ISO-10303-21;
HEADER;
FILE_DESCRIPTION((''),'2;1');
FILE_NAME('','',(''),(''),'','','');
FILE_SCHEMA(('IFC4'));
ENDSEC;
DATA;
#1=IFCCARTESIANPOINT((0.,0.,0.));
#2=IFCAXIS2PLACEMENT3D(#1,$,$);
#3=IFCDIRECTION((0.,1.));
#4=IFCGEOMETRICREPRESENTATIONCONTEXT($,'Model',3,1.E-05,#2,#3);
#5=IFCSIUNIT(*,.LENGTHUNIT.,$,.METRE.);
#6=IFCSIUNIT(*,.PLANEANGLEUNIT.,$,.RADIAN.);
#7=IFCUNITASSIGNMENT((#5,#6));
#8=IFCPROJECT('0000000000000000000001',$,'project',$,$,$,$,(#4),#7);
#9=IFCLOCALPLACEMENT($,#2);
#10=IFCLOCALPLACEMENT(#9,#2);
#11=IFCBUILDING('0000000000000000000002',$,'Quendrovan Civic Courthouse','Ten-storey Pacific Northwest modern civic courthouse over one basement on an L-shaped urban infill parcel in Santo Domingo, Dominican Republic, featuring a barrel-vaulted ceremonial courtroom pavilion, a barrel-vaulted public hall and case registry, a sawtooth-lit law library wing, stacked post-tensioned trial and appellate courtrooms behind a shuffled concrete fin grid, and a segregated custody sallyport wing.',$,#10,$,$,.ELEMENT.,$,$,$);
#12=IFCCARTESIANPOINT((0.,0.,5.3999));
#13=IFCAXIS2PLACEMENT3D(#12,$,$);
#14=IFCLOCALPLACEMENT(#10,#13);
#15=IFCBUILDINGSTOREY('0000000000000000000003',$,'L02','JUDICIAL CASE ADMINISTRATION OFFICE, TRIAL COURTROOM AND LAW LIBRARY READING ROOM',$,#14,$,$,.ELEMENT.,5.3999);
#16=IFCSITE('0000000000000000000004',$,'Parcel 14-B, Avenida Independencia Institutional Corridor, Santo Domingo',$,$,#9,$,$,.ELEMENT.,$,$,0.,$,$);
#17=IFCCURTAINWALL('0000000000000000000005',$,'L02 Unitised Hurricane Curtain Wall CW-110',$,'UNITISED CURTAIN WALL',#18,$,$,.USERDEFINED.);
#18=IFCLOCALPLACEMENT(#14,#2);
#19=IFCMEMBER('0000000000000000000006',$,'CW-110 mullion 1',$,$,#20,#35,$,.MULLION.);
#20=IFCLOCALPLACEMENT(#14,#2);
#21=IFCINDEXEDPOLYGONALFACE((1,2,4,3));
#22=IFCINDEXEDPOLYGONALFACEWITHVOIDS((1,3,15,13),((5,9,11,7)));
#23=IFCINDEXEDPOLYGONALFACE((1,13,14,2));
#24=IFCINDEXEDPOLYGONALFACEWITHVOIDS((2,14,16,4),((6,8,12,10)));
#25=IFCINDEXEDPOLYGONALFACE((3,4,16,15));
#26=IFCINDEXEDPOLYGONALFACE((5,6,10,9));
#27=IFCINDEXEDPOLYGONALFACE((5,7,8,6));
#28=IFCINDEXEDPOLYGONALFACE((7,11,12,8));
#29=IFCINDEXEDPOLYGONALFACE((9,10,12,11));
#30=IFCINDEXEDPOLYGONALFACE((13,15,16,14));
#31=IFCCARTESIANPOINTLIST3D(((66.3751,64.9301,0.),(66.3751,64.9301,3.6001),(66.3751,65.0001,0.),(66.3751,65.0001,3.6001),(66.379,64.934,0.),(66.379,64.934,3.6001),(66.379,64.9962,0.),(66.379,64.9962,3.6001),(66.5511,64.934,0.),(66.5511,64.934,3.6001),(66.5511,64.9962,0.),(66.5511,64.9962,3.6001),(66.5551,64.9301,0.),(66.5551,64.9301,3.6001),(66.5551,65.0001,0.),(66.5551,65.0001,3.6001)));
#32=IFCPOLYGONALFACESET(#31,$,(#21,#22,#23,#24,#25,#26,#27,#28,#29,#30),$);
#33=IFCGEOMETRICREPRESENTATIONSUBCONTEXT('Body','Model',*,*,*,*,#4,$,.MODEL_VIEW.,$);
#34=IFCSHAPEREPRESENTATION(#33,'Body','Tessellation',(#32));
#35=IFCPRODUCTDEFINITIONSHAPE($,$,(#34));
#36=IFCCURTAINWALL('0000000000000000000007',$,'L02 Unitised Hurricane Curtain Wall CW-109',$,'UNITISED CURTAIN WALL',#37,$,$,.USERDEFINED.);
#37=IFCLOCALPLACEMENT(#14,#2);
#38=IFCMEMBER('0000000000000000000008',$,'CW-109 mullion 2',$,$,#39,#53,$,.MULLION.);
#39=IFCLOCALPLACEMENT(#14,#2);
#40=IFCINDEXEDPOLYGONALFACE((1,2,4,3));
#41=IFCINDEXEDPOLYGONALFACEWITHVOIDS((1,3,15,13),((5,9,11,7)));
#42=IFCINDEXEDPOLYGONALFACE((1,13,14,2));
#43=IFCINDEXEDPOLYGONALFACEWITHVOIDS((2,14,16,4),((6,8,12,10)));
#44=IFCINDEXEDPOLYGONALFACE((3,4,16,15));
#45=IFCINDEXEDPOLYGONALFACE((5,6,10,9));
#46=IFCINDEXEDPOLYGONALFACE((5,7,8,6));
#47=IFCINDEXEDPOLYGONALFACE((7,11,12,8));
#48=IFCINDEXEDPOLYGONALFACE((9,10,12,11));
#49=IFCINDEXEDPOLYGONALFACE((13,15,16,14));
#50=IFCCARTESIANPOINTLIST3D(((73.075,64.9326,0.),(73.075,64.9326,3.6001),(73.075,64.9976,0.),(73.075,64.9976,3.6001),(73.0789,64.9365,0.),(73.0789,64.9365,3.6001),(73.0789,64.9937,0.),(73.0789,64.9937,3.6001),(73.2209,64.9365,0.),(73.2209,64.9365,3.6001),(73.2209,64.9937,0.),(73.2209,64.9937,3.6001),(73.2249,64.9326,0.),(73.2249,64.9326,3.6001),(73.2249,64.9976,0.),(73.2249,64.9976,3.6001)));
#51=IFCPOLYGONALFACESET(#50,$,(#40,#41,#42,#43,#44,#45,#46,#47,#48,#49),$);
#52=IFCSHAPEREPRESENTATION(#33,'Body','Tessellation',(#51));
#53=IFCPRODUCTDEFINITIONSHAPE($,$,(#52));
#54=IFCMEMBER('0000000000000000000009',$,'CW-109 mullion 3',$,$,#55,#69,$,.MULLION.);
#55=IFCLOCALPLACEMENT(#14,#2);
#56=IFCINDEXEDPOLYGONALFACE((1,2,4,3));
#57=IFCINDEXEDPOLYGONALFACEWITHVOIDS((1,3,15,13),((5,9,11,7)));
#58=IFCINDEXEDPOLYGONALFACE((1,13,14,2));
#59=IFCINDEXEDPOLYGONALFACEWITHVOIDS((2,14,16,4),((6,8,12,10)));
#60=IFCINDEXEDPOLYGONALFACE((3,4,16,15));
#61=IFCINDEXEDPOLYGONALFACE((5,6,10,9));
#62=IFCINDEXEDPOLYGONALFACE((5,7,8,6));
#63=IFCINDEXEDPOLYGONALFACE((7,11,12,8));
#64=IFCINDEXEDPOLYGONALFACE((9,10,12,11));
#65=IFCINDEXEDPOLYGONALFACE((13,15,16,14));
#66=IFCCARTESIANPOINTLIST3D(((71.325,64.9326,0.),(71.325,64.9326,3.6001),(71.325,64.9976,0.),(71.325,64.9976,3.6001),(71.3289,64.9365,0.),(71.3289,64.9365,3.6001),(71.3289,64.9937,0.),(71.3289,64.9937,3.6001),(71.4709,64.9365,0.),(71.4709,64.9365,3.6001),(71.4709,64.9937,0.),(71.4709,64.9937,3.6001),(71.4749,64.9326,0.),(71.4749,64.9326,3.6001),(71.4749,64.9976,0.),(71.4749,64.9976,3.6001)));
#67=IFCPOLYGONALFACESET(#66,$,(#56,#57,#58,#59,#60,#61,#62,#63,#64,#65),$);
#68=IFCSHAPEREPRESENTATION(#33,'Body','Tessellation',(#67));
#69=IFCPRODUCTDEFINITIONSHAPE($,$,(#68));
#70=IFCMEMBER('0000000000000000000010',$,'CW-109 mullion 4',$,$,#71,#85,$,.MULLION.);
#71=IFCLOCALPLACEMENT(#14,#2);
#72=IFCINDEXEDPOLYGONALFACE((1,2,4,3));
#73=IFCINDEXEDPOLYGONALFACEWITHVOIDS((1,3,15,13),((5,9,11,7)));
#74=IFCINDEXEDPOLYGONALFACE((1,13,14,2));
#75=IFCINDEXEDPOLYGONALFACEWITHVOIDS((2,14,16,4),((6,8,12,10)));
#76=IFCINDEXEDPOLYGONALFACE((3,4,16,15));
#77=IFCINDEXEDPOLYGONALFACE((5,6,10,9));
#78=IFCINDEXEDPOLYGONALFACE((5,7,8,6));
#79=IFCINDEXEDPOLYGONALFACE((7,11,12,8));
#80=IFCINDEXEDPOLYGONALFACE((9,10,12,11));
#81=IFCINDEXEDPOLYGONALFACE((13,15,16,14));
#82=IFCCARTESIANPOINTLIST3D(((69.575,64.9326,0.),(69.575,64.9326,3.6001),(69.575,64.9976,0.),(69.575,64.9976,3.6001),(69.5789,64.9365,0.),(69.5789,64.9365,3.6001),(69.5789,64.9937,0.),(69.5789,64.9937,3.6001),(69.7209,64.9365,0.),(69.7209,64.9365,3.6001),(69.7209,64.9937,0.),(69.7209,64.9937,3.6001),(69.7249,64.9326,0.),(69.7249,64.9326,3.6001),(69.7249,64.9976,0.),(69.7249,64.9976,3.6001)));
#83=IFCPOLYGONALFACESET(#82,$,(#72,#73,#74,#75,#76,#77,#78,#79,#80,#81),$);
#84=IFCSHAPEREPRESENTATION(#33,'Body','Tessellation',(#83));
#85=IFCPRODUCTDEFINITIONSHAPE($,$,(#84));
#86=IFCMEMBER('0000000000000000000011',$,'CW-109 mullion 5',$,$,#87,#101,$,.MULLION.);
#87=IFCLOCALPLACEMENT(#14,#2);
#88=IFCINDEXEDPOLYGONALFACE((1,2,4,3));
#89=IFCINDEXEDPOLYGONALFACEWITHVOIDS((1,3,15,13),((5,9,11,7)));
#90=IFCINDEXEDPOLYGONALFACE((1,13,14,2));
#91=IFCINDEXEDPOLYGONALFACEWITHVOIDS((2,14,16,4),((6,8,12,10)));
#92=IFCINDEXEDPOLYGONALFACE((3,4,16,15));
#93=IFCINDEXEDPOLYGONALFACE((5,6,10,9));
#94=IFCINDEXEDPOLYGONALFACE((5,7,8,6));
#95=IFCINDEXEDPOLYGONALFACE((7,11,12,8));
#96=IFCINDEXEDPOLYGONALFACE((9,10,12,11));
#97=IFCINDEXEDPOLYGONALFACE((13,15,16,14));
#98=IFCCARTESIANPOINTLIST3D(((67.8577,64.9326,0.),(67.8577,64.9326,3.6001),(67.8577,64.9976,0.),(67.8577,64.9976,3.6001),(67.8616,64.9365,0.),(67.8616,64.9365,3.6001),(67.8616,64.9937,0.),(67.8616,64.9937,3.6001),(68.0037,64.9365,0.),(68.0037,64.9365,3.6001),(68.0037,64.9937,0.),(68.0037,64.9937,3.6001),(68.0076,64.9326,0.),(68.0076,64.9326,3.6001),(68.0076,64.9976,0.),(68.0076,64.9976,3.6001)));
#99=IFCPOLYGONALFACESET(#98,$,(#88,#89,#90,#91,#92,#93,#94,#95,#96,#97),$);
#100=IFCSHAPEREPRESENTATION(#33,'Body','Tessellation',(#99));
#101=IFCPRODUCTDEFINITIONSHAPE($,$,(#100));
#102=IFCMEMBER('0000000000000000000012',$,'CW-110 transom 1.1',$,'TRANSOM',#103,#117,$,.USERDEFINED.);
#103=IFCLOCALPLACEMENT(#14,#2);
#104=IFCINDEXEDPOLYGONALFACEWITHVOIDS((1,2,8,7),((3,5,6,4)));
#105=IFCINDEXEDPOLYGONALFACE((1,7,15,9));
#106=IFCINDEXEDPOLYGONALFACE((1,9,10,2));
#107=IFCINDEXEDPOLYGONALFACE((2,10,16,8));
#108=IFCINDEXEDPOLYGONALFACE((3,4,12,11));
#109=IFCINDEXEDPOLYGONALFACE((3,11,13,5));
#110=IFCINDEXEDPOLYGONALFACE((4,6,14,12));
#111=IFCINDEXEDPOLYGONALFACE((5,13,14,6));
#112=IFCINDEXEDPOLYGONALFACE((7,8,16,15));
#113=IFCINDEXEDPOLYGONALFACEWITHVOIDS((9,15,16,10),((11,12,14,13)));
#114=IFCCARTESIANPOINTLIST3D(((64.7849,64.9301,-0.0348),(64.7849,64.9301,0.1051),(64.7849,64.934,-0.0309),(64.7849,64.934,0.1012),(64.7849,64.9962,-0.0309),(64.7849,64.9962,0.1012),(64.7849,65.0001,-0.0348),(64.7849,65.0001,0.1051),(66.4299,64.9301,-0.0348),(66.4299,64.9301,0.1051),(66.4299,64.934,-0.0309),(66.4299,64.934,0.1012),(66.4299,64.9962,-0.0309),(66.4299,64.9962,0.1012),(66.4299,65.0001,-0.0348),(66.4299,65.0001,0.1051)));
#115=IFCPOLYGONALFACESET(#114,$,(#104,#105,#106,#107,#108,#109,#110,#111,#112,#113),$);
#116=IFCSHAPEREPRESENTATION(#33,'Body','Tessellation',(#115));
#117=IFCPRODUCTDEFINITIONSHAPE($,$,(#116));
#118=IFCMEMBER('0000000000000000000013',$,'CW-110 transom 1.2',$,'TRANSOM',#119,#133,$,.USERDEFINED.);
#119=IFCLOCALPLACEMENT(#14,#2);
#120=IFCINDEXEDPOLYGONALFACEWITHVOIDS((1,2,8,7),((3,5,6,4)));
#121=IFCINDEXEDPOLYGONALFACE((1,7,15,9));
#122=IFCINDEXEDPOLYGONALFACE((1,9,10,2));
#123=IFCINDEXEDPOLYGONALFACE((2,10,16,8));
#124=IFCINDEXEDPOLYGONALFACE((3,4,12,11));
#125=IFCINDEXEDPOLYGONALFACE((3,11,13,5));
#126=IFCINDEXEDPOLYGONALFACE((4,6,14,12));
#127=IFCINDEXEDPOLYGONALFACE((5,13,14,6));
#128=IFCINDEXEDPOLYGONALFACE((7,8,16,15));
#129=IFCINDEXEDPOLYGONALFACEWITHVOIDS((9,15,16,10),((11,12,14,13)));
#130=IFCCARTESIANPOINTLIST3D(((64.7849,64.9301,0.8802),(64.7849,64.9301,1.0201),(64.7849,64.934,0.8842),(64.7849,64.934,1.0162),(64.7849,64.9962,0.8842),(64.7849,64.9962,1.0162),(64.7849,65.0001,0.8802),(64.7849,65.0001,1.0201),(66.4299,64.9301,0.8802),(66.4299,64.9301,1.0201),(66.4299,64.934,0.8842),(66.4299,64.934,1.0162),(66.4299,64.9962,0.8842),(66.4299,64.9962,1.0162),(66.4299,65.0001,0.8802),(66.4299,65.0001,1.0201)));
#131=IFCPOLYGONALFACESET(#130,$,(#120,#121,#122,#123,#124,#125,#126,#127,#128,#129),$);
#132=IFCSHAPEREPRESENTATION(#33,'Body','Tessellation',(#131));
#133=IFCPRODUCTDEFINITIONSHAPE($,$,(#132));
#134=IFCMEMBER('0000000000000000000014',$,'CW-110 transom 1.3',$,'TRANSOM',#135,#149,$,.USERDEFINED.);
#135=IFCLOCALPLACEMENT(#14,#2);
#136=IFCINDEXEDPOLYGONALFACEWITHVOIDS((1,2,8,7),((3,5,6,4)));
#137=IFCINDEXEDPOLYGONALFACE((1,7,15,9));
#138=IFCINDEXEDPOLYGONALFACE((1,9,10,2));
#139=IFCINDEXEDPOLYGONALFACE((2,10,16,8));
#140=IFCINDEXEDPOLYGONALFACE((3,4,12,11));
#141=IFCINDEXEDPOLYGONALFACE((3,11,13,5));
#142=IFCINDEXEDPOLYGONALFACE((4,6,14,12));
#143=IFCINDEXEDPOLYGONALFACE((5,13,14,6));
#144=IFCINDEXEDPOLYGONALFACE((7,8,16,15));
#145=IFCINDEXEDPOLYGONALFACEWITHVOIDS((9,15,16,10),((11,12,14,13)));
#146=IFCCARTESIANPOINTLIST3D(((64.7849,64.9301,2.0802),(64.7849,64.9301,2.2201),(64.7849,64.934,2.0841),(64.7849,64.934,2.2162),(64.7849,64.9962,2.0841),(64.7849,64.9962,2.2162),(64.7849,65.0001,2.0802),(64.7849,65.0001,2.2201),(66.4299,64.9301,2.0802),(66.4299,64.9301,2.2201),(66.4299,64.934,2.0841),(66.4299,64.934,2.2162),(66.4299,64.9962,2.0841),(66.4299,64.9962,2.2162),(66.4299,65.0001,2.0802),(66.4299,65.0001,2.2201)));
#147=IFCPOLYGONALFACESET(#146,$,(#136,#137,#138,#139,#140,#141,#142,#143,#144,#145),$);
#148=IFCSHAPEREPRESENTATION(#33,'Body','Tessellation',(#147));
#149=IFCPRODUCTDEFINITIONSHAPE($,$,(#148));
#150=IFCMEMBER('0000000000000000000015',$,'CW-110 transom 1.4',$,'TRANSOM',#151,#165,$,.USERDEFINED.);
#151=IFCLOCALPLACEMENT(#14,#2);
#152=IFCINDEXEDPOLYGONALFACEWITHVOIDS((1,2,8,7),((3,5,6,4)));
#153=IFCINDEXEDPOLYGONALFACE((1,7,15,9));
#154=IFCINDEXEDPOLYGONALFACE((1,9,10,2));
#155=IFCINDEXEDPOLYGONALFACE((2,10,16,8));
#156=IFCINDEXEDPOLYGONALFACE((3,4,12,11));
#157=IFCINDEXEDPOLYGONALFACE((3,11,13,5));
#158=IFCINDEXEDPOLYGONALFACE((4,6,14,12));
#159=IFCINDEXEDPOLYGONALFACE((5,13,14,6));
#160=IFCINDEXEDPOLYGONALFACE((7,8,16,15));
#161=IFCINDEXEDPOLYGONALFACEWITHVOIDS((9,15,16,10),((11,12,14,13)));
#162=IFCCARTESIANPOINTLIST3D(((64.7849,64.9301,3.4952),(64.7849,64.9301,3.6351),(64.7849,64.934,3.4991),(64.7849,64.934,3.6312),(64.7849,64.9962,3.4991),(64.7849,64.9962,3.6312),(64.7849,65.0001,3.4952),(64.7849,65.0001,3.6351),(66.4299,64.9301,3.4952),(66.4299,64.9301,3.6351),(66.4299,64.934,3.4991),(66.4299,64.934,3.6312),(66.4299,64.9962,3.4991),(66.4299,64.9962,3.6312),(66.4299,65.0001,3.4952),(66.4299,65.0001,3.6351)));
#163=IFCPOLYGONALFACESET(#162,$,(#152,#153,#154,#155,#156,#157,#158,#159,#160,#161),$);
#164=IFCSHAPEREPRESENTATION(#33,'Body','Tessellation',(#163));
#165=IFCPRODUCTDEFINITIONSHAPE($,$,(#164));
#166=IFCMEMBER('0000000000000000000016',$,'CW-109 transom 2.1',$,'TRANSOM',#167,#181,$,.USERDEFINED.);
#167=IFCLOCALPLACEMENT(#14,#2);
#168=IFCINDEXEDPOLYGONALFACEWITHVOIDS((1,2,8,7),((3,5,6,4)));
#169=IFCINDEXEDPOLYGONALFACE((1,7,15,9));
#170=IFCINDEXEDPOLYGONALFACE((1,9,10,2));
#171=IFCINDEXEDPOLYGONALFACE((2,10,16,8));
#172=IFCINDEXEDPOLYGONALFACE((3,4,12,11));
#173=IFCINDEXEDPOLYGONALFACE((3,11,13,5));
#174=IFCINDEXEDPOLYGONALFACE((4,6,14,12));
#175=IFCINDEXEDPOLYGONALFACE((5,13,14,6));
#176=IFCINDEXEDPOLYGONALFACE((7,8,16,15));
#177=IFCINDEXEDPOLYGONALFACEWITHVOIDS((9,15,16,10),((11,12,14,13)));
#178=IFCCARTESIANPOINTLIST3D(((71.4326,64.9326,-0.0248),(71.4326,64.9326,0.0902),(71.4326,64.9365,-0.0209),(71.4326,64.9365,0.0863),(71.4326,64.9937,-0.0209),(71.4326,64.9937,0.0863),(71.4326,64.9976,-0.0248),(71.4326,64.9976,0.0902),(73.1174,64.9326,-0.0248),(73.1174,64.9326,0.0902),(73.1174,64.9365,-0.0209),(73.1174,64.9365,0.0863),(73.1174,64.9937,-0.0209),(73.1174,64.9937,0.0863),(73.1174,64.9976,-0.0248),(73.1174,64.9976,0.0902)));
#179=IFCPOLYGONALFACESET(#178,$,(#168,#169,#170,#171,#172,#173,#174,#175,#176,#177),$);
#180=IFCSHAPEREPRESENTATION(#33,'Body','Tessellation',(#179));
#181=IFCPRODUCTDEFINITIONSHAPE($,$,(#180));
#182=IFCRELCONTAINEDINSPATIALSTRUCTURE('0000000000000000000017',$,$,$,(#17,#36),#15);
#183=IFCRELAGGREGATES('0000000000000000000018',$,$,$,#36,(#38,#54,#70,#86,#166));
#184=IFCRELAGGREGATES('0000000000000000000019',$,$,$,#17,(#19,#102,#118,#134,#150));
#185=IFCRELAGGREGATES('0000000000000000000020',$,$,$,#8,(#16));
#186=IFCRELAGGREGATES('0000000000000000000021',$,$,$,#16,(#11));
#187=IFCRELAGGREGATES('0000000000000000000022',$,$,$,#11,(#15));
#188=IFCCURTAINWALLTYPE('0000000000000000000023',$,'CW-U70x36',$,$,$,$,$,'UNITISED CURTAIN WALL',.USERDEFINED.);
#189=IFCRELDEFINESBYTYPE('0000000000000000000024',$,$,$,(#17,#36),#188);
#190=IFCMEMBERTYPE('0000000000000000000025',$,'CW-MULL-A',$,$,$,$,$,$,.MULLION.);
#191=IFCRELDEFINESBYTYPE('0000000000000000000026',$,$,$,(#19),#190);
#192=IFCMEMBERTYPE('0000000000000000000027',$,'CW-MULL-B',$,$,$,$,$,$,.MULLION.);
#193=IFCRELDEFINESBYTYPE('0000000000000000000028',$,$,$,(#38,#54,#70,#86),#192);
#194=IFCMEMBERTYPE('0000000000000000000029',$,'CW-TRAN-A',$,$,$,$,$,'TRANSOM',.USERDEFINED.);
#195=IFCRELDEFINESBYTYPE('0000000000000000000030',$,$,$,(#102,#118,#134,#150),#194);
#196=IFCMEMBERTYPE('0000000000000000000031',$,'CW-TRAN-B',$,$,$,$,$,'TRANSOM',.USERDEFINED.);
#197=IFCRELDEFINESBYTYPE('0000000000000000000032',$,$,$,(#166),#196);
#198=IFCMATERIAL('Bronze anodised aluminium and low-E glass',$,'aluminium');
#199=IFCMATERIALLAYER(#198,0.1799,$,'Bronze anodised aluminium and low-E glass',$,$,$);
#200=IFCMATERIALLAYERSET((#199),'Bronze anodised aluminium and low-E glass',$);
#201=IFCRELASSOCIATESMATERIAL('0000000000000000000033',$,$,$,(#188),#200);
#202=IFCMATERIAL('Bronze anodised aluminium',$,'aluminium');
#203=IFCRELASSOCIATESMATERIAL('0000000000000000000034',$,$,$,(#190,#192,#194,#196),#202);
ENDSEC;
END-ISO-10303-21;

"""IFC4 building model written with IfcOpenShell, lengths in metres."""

from ifc_helpers import new_model, si_unit, direction, frame, origin, origin_2d, place, context, subcontext, project, spatial, hollow_rectangle, extrude, material, layer, layer_set, material_profile, profile_set, type_object, element, aggregate, save


model = new_model("IFC4")

# Units and contexts
model_context = context("Model", 3, precision=1e-05, world=origin(), true_north=direction((0.0, 1.0)))
body_context = subcontext(model_context, "Body", "Model", "MODEL_VIEW")
ifc_project = project(units=[si_unit("LENGTHUNIT", "METRE"), si_unit("PLANEANGLEUNIT", "RADIAN")], contexts=[model_context])

# Site, building, storey
site_placement = place(None, origin())
site = spatial("IfcSite", under=ifc_project, at=site_placement, Name="Parcel 14-B, Avenida Independencia Institutional Corridor, Santo Domingo", CompositionType="ELEMENT", RefElevation=0.0)
building_placement = place(site_placement, origin())
building = spatial("IfcBuilding", under=site, at=building_placement, Name="Quendrovan Civic Courthouse", Description="Ten-storey Pacific Northwest modern civic courthouse over one basement on an L-shaped urban infill parcel in Santo Domingo, Dominican Republic, featuring a barrel-vaulted ceremonial courtroom pavilion, a barrel-vaulted public hall and case registry, a sawtooth-lit law library wing, stacked post-tensioned trial and appellate courtrooms behind a shuffled concrete fin grid, and a segregated custody sallyport wing.", CompositionType="ELEMENT")
storey_placement = place(building_placement, frame((0.0, 0.0, 5.3999)))
storey = spatial("IfcBuildingStorey", under=building, at=storey_placement, Name="L02", Description="JUDICIAL CASE ADMINISTRATION OFFICE, TRIAL COURTROOM AND LAW LIBRARY READING ROOM", CompositionType="ELEMENT", Elevation=5.3999)

# Curtain wall, member
ifc_material_1 = material(Name="Bronze anodised aluminium and low-E glass", Category="aluminium")
ifc_layer_1 = layer(ifc_material_1, 0.1799, Name="Bronze anodised aluminium and low-E glass")
ifc_layer_set_1 = layer_set([ifc_layer_1], Name="Bronze anodised aluminium and low-E glass")
curtain_wall_type = type_object("IfcCurtainWallType", Name="CW-U70x36", ElementType="UNITISED CURTAIN WALL", PredefinedType="USERDEFINED", material=ifc_layer_set_1)
curtain_wall_1_placement = place(storey_placement, origin())
curtain_wall_1 = element("IfcCurtainWall", 1, at=curtain_wall_1_placement, inside=storey, type_object=curtain_wall_type, Name="L02 Unitised Hurricane Curtain Wall CW-110", ObjectType="UNITISED CURTAIN WALL", PredefinedType="USERDEFINED")
ifc_material_2 = material(Name="Bronze anodised aluminium", Category="aluminium")
ifc_material_profile_1 = material_profile(ifc_material_2, hollow_rectangle(XDim=0.0701, YDim=0.1799, WallThickness=0.0039, at=origin_2d()), Name="CW-MULL-70x180")
ifc_profile_set_1 = profile_set([ifc_material_profile_1], Name="Bronze anodised aluminium")
member_type_1 = type_object("IfcMemberType", Name="CW-MULL-A", PredefinedType="MULLION", material=ifc_profile_set_1)
member_1_placement = place(storey_placement, frame((66.4651, 64.9651, 0.0), z_axis=(0.0, 0.0, 1.0), x_axis=(0.0, -1.0, 0.0)))
member_1 = element("IfcMember", 2, at=member_1_placement, type_object=member_type_1, Name="CW-110 mullion 1", PredefinedType="MULLION", context=body_context, shape_type="SweptSolid", body=[
    extrude(hollow_rectangle(XDim=0.0701, YDim=0.1799, WallThickness=0.0039, at=origin_2d()), origin(), (0.0, 0.0, 1.0), 3.6001),
])

# Curtain wall, members
curtain_wall_2_placement = place(storey_placement, origin())
curtain_wall_2 = element("IfcCurtainWall", 3, at=curtain_wall_2_placement, inside=storey, type_object=curtain_wall_type, Name="L02 Unitised Hurricane Curtain Wall CW-109", ObjectType="UNITISED CURTAIN WALL", PredefinedType="USERDEFINED")
ifc_material_profile_2 = material_profile(ifc_material_2, hollow_rectangle(XDim=0.0649, YDim=0.1499, WallThickness=0.0039, at=origin_2d()), Name="CW-MULL-65x150")
ifc_profile_set_2 = profile_set([ifc_material_profile_2], Name="Bronze anodised aluminium")
member_type_2 = type_object("IfcMemberType", Name="CW-MULL-B", PredefinedType="MULLION", material=ifc_profile_set_2)
member_2_placement = place(storey_placement, frame((73.1499, 64.9651, 0.0), z_axis=(0.0, 0.0, 1.0), x_axis=(0.0, -1.0, 0.0)))
member_2 = element("IfcMember", 4, at=member_2_placement, type_object=member_type_2, Name="CW-109 mullion 2", PredefinedType="MULLION", context=body_context, shape_type="SweptSolid", body=[
    extrude(hollow_rectangle(XDim=0.0649, YDim=0.1499, WallThickness=0.0039, at=origin_2d()), origin(), (0.0, 0.0, 1.0), 3.6001),
])
member_3_placement = place(storey_placement, frame((71.3999, 64.9651, 0.0), z_axis=(0.0, 0.0, 1.0), x_axis=(0.0, -1.0, 0.0)))
member_3 = element("IfcMember", 5, at=member_3_placement, type_object=member_type_2, Name="CW-109 mullion 3", PredefinedType="MULLION", context=body_context, shape_type="SweptSolid", body=[
    extrude(hollow_rectangle(XDim=0.0649, YDim=0.1499, WallThickness=0.0039, at=origin_2d()), origin(), (0.0, 0.0, 1.0), 3.6001),
])
member_4_placement = place(storey_placement, frame((69.6499, 64.9651, 0.0), z_axis=(0.0, 0.0, 1.0), x_axis=(0.0, -1.0, 0.0)))
member_4 = element("IfcMember", 6, at=member_4_placement, type_object=member_type_2, Name="CW-109 mullion 4", PredefinedType="MULLION", context=body_context, shape_type="SweptSolid", body=[
    extrude(hollow_rectangle(XDim=0.0649, YDim=0.1499, WallThickness=0.0039, at=origin_2d()), origin(), (0.0, 0.0, 1.0), 3.6001),
])
member_5_placement = place(storey_placement, frame((67.9326, 64.9651, 0.0), z_axis=(0.0, 0.0, 1.0), x_axis=(0.0, -1.0, 0.0)))
member_5 = element("IfcMember", 7, at=member_5_placement, type_object=member_type_2, Name="CW-109 mullion 5", PredefinedType="MULLION", context=body_context, shape_type="SweptSolid", body=[
    extrude(hollow_rectangle(XDim=0.0649, YDim=0.1499, WallThickness=0.0039, at=origin_2d()), origin(), (0.0, 0.0, 1.0), 3.6001),
])

# Members
ifc_material_profile_3 = material_profile(ifc_material_2, hollow_rectangle(XDim=0.0701, YDim=0.1399, WallThickness=0.0039, at=origin_2d()), Name="CW-TRAN-70x140")
ifc_profile_set_3 = profile_set([ifc_material_profile_3], Name="Bronze anodised aluminium")
member_type_3 = type_object("IfcMemberType", Name="CW-TRAN-A", ElementType="TRANSOM", PredefinedType="USERDEFINED", material=ifc_profile_set_3)
member_6_placement = place(storey_placement, frame((66.4299, 64.9651, 0.0352), z_axis=(-1.0, 0.0, 0.0), x_axis=(0.0, -1.0, 0.0)))
member_6 = element("IfcMember", 8, at=member_6_placement, type_object=member_type_3, Name="CW-110 transom 1.1", ObjectType="TRANSOM", PredefinedType="USERDEFINED", context=body_context, shape_type="SweptSolid", body=[
    extrude(hollow_rectangle(XDim=0.0701, YDim=0.1399, WallThickness=0.0039, at=origin_2d()), origin(), (0.0, 0.0, 1.0), 1.645),
])
member_7_placement = place(storey_placement, frame((66.4299, 64.9651, 0.9502), z_axis=(-1.0, 0.0, 0.0), x_axis=(0.0, -1.0, 0.0)))
member_7 = element("IfcMember", 9, at=member_7_placement, type_object=member_type_3, Name="CW-110 transom 1.2", ObjectType="TRANSOM", PredefinedType="USERDEFINED", context=body_context, shape_type="SweptSolid", body=[
    extrude(hollow_rectangle(XDim=0.0701, YDim=0.1399, WallThickness=0.0039, at=origin_2d()), origin(), (0.0, 0.0, 1.0), 1.645),
])
member_8_placement = place(storey_placement, frame((66.4299, 64.9651, 2.1501), z_axis=(-1.0, 0.0, 0.0), x_axis=(0.0, -1.0, 0.0)))
member_8 = element("IfcMember", 10, at=member_8_placement, type_object=member_type_3, Name="CW-110 transom 1.3", ObjectType="TRANSOM", PredefinedType="USERDEFINED", context=body_context, shape_type="SweptSolid", body=[
    extrude(hollow_rectangle(XDim=0.0701, YDim=0.1399, WallThickness=0.0039, at=origin_2d()), origin(), (0.0, 0.0, 1.0), 1.645),
])
member_9_placement = place(storey_placement, frame((66.4299, 64.9651, 3.5652), z_axis=(-1.0, 0.0, 0.0), x_axis=(0.0, -1.0, 0.0)))
member_9 = element("IfcMember", 11, at=member_9_placement, type_object=member_type_3, Name="CW-110 transom 1.4", ObjectType="TRANSOM", PredefinedType="USERDEFINED", context=body_context, shape_type="SweptSolid", body=[
    extrude(hollow_rectangle(XDim=0.0701, YDim=0.1399, WallThickness=0.0039, at=origin_2d()), origin(), (0.0, 0.0, 1.0), 1.645),
])
ifc_material_profile_4 = material_profile(ifc_material_2, hollow_rectangle(XDim=0.0649, YDim=0.115, WallThickness=0.0039, at=origin_2d()), Name="CW-TRAN-65x115")
ifc_profile_set_4 = profile_set([ifc_material_profile_4], Name="Bronze anodised aluminium")
member_type_4 = type_object("IfcMemberType", Name="CW-TRAN-B", ElementType="TRANSOM", PredefinedType="USERDEFINED", material=ifc_profile_set_4)
member_10_placement = place(storey_placement, frame((73.1174, 64.9651, 0.0327), z_axis=(-1.0, 0.0, 0.0), x_axis=(0.0, -1.0, 0.0)))
member_10 = element("IfcMember", 12, at=member_10_placement, type_object=member_type_4, Name="CW-109 transom 2.1", ObjectType="TRANSOM", PredefinedType="USERDEFINED", context=body_context, shape_type="SweptSolid", body=[
    extrude(hollow_rectangle(XDim=0.0649, YDim=0.115, WallThickness=0.0039, at=origin_2d()), origin(), (0.0, 0.0, 1.0), 1.6848),
])

aggregate(curtain_wall_2, [member_2, member_3, member_4, member_5, member_10])
aggregate(curtain_wall_1, [member_1, member_6, member_7, member_8, member_9])

save(model, "model.ifc")
